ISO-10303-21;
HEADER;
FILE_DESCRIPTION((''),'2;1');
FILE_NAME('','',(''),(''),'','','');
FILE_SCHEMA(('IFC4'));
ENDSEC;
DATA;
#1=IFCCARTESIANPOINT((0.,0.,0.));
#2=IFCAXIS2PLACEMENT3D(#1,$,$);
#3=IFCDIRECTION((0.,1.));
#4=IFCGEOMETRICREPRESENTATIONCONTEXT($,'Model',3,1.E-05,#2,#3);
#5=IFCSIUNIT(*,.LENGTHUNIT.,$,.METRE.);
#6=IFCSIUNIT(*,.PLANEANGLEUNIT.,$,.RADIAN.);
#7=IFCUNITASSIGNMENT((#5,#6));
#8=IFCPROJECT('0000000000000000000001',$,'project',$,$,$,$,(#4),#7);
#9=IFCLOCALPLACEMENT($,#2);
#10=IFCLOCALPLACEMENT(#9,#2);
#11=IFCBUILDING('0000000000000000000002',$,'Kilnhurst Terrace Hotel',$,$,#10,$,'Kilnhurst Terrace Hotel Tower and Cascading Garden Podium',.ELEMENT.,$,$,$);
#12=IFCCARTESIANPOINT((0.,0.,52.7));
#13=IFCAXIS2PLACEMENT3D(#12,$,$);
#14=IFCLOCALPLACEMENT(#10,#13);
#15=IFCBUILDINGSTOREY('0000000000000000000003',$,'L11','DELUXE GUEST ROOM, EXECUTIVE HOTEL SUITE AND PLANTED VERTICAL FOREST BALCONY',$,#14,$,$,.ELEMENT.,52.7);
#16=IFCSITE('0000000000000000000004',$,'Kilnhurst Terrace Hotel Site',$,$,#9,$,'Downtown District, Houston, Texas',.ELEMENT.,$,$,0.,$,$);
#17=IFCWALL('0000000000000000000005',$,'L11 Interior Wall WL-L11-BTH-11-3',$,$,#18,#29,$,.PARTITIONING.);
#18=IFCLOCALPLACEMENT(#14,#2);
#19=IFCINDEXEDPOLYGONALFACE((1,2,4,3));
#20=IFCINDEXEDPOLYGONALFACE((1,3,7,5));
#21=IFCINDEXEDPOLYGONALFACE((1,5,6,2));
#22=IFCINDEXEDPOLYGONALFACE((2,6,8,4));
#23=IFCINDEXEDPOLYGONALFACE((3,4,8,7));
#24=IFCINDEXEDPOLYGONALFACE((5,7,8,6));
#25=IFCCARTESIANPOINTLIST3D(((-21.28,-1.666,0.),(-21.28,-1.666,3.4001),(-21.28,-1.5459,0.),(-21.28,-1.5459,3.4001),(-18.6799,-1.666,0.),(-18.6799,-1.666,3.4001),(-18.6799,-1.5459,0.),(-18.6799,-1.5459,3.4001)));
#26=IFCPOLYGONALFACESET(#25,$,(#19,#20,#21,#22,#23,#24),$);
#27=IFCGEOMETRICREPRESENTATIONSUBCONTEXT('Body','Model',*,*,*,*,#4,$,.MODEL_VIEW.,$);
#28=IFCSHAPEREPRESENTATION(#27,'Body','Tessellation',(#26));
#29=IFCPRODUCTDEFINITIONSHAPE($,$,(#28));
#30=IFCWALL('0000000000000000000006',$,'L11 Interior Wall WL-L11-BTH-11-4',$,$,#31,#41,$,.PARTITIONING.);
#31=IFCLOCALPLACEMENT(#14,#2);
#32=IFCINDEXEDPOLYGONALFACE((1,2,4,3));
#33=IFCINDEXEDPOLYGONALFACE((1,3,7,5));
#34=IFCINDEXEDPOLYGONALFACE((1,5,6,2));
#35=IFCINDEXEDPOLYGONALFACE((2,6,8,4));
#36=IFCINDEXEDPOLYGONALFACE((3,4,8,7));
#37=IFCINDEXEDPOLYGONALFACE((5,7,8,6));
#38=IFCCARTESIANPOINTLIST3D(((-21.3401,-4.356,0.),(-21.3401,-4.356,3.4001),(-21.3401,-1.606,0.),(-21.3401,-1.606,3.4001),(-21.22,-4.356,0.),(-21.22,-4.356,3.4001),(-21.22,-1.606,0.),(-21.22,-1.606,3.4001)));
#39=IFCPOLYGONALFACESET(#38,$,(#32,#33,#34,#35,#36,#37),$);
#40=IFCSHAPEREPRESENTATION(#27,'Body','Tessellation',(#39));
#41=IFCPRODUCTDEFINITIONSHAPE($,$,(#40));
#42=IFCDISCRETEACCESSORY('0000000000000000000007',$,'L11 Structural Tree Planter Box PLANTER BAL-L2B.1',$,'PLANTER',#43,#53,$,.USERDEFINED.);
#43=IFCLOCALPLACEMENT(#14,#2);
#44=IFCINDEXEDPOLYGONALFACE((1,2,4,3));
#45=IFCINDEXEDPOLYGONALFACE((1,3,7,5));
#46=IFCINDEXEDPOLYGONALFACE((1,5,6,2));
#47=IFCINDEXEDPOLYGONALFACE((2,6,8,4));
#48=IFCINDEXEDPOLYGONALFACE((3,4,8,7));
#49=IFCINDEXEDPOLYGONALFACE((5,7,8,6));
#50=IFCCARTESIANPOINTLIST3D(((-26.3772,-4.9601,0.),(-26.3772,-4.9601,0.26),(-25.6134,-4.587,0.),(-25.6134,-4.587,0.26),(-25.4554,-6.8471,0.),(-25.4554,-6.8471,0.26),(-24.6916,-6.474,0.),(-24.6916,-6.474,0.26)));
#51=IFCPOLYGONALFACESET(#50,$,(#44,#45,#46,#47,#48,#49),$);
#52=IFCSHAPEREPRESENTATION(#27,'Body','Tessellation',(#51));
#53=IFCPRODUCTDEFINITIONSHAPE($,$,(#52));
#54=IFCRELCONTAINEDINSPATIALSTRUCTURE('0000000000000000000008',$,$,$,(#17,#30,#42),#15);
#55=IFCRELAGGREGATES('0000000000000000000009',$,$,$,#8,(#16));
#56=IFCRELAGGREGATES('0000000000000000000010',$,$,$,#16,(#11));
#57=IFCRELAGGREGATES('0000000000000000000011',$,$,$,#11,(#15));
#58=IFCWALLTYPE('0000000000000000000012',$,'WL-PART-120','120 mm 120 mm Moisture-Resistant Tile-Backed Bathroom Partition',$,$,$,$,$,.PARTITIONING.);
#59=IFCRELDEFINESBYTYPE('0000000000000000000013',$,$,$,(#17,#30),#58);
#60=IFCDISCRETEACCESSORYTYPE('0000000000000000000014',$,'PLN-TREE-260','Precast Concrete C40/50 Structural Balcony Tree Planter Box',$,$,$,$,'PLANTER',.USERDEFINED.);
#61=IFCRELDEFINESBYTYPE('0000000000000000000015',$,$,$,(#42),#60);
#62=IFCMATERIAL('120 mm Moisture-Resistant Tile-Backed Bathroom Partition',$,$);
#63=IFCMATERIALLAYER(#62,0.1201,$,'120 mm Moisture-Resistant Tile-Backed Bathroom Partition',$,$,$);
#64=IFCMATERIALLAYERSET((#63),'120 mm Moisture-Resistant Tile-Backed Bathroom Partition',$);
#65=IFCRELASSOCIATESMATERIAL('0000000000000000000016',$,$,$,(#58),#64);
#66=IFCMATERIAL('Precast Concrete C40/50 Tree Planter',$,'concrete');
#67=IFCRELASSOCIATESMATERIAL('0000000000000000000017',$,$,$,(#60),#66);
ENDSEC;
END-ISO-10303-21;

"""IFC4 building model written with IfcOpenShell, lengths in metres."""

from ifc_helpers import new_model, si_unit, direction, frame, frame_2d, origin, origin_2d, place, context, subcontext, project, spatial, rectangle, extrude, material, layer, layer_set, type_object, element, save


model = new_model("IFC4")

# Units and contexts
model_context = context("Model", 3, precision=1e-05, world=origin(), true_north=direction((0.0, 1.0)))
body_context = subcontext(model_context, "Body", "Model", "MODEL_VIEW")
ifc_project = project(units=[si_unit("LENGTHUNIT", "METRE"), si_unit("PLANEANGLEUNIT", "RADIAN")], contexts=[model_context])

# Site, building, storey
site_placement = place(None, origin())
site = spatial("IfcSite", under=ifc_project, at=site_placement, Name="Kilnhurst Terrace Hotel Site", LongName="Downtown District, Houston, Texas", CompositionType="ELEMENT", RefElevation=0.0)
building_placement = place(site_placement, origin())
building = spatial("IfcBuilding", under=site, at=building_placement, Name="Kilnhurst Terrace Hotel", LongName="Kilnhurst Terrace Hotel Tower and Cascading Garden Podium", CompositionType="ELEMENT")
storey_placement = place(building_placement, frame((0.0, 0.0, 52.7)))
storey = spatial("IfcBuildingStorey", under=building, at=storey_placement, Name="L11", Description="DELUXE GUEST ROOM, EXECUTIVE HOTEL SUITE AND PLANTED VERTICAL FOREST BALCONY", CompositionType="ELEMENT", Elevation=52.7)

# Shared definitions
ifc_material_1 = material(Name="120 mm Moisture-Resistant Tile-Backed Bathroom Partition")
ifc_layer_1 = layer(ifc_material_1, 0.1201, Name="120 mm Moisture-Resistant Tile-Backed Bathroom Partition")
ifc_layer_set_1 = layer_set([ifc_layer_1], Name="120 mm Moisture-Resistant Tile-Backed Bathroom Partition")
wall_type_1 = type_object("IfcWallType", Name="WL-PART-120", Description="120 mm 120 mm Moisture-Resistant Tile-Backed Bathroom Partition", PredefinedType="PARTITIONING", material=ifc_layer_set_1)

# Walls
wall_1_placement = place(storey_placement, frame((-18.6799, -1.606, 0.0), z_axis=(0.0, 0.0, 1.0), x_axis=(-1.0, 0.0, 0.0)))
element("IfcWall", 1, at=wall_1_placement, inside=storey, type_object=wall_type_1, Name="L11 Interior Wall WL-L11-BTH-11-3", PredefinedType="PARTITIONING", context=body_context, shape_type="SweptSolid", body=[
    extrude(rectangle(XDim=2.6001, YDim=0.1201, at=frame_2d((1.3, 0.0))), origin(), (0.0, 0.0, 1.0), 3.4001),
])
wall_2_placement = place(storey_placement, frame((-21.28, -1.606, 0.0), z_axis=(0.0, 0.0, 1.0), x_axis=(0.0, -1.0, 0.0)))
element("IfcWall", 2, at=wall_2_placement, inside=storey, type_object=wall_type_1, Name="L11 Interior Wall WL-L11-BTH-11-4", PredefinedType="PARTITIONING", context=body_context, shape_type="SweptSolid", body=[
    extrude(rectangle(XDim=2.75, YDim=0.1201, at=frame_2d((1.375, 0.0))), origin(), (0.0, 0.0, 1.0), 3.4001),
])

# Discrete accessory
ifc_material_2 = material(Name="Precast Concrete C40/50 Tree Planter", Category="concrete")
discrete_accessory_type = type_object("IfcDiscreteAccessoryType", Name="PLN-TREE-260", Description="Precast Concrete C40/50 Structural Balcony Tree Planter Box", ElementType="PLANTER", PredefinedType="USERDEFINED", material=ifc_material_2)
discrete_accessory_placement = place(storey_placement, frame((-25.5344, -5.717, 0.0), z_axis=(0.0, 0.0, 1.0), x_axis=(0.438936, -0.898518, 0.0)))
element("IfcDiscreteAccessory", 3, at=discrete_accessory_placement, inside=storey, type_object=discrete_accessory_type, Name="L11 Structural Tree Planter Box PLANTER BAL-L2B.1", ObjectType="PLANTER", PredefinedType="USERDEFINED", context=body_context, shape_type="SweptSolid", body=[
    extrude(rectangle(XDim=2.1001, YDim=0.8501, at=origin_2d()), origin(), (0.0, 0.0, 1.0), 0.26),
])

save(model, "model.ifc")
